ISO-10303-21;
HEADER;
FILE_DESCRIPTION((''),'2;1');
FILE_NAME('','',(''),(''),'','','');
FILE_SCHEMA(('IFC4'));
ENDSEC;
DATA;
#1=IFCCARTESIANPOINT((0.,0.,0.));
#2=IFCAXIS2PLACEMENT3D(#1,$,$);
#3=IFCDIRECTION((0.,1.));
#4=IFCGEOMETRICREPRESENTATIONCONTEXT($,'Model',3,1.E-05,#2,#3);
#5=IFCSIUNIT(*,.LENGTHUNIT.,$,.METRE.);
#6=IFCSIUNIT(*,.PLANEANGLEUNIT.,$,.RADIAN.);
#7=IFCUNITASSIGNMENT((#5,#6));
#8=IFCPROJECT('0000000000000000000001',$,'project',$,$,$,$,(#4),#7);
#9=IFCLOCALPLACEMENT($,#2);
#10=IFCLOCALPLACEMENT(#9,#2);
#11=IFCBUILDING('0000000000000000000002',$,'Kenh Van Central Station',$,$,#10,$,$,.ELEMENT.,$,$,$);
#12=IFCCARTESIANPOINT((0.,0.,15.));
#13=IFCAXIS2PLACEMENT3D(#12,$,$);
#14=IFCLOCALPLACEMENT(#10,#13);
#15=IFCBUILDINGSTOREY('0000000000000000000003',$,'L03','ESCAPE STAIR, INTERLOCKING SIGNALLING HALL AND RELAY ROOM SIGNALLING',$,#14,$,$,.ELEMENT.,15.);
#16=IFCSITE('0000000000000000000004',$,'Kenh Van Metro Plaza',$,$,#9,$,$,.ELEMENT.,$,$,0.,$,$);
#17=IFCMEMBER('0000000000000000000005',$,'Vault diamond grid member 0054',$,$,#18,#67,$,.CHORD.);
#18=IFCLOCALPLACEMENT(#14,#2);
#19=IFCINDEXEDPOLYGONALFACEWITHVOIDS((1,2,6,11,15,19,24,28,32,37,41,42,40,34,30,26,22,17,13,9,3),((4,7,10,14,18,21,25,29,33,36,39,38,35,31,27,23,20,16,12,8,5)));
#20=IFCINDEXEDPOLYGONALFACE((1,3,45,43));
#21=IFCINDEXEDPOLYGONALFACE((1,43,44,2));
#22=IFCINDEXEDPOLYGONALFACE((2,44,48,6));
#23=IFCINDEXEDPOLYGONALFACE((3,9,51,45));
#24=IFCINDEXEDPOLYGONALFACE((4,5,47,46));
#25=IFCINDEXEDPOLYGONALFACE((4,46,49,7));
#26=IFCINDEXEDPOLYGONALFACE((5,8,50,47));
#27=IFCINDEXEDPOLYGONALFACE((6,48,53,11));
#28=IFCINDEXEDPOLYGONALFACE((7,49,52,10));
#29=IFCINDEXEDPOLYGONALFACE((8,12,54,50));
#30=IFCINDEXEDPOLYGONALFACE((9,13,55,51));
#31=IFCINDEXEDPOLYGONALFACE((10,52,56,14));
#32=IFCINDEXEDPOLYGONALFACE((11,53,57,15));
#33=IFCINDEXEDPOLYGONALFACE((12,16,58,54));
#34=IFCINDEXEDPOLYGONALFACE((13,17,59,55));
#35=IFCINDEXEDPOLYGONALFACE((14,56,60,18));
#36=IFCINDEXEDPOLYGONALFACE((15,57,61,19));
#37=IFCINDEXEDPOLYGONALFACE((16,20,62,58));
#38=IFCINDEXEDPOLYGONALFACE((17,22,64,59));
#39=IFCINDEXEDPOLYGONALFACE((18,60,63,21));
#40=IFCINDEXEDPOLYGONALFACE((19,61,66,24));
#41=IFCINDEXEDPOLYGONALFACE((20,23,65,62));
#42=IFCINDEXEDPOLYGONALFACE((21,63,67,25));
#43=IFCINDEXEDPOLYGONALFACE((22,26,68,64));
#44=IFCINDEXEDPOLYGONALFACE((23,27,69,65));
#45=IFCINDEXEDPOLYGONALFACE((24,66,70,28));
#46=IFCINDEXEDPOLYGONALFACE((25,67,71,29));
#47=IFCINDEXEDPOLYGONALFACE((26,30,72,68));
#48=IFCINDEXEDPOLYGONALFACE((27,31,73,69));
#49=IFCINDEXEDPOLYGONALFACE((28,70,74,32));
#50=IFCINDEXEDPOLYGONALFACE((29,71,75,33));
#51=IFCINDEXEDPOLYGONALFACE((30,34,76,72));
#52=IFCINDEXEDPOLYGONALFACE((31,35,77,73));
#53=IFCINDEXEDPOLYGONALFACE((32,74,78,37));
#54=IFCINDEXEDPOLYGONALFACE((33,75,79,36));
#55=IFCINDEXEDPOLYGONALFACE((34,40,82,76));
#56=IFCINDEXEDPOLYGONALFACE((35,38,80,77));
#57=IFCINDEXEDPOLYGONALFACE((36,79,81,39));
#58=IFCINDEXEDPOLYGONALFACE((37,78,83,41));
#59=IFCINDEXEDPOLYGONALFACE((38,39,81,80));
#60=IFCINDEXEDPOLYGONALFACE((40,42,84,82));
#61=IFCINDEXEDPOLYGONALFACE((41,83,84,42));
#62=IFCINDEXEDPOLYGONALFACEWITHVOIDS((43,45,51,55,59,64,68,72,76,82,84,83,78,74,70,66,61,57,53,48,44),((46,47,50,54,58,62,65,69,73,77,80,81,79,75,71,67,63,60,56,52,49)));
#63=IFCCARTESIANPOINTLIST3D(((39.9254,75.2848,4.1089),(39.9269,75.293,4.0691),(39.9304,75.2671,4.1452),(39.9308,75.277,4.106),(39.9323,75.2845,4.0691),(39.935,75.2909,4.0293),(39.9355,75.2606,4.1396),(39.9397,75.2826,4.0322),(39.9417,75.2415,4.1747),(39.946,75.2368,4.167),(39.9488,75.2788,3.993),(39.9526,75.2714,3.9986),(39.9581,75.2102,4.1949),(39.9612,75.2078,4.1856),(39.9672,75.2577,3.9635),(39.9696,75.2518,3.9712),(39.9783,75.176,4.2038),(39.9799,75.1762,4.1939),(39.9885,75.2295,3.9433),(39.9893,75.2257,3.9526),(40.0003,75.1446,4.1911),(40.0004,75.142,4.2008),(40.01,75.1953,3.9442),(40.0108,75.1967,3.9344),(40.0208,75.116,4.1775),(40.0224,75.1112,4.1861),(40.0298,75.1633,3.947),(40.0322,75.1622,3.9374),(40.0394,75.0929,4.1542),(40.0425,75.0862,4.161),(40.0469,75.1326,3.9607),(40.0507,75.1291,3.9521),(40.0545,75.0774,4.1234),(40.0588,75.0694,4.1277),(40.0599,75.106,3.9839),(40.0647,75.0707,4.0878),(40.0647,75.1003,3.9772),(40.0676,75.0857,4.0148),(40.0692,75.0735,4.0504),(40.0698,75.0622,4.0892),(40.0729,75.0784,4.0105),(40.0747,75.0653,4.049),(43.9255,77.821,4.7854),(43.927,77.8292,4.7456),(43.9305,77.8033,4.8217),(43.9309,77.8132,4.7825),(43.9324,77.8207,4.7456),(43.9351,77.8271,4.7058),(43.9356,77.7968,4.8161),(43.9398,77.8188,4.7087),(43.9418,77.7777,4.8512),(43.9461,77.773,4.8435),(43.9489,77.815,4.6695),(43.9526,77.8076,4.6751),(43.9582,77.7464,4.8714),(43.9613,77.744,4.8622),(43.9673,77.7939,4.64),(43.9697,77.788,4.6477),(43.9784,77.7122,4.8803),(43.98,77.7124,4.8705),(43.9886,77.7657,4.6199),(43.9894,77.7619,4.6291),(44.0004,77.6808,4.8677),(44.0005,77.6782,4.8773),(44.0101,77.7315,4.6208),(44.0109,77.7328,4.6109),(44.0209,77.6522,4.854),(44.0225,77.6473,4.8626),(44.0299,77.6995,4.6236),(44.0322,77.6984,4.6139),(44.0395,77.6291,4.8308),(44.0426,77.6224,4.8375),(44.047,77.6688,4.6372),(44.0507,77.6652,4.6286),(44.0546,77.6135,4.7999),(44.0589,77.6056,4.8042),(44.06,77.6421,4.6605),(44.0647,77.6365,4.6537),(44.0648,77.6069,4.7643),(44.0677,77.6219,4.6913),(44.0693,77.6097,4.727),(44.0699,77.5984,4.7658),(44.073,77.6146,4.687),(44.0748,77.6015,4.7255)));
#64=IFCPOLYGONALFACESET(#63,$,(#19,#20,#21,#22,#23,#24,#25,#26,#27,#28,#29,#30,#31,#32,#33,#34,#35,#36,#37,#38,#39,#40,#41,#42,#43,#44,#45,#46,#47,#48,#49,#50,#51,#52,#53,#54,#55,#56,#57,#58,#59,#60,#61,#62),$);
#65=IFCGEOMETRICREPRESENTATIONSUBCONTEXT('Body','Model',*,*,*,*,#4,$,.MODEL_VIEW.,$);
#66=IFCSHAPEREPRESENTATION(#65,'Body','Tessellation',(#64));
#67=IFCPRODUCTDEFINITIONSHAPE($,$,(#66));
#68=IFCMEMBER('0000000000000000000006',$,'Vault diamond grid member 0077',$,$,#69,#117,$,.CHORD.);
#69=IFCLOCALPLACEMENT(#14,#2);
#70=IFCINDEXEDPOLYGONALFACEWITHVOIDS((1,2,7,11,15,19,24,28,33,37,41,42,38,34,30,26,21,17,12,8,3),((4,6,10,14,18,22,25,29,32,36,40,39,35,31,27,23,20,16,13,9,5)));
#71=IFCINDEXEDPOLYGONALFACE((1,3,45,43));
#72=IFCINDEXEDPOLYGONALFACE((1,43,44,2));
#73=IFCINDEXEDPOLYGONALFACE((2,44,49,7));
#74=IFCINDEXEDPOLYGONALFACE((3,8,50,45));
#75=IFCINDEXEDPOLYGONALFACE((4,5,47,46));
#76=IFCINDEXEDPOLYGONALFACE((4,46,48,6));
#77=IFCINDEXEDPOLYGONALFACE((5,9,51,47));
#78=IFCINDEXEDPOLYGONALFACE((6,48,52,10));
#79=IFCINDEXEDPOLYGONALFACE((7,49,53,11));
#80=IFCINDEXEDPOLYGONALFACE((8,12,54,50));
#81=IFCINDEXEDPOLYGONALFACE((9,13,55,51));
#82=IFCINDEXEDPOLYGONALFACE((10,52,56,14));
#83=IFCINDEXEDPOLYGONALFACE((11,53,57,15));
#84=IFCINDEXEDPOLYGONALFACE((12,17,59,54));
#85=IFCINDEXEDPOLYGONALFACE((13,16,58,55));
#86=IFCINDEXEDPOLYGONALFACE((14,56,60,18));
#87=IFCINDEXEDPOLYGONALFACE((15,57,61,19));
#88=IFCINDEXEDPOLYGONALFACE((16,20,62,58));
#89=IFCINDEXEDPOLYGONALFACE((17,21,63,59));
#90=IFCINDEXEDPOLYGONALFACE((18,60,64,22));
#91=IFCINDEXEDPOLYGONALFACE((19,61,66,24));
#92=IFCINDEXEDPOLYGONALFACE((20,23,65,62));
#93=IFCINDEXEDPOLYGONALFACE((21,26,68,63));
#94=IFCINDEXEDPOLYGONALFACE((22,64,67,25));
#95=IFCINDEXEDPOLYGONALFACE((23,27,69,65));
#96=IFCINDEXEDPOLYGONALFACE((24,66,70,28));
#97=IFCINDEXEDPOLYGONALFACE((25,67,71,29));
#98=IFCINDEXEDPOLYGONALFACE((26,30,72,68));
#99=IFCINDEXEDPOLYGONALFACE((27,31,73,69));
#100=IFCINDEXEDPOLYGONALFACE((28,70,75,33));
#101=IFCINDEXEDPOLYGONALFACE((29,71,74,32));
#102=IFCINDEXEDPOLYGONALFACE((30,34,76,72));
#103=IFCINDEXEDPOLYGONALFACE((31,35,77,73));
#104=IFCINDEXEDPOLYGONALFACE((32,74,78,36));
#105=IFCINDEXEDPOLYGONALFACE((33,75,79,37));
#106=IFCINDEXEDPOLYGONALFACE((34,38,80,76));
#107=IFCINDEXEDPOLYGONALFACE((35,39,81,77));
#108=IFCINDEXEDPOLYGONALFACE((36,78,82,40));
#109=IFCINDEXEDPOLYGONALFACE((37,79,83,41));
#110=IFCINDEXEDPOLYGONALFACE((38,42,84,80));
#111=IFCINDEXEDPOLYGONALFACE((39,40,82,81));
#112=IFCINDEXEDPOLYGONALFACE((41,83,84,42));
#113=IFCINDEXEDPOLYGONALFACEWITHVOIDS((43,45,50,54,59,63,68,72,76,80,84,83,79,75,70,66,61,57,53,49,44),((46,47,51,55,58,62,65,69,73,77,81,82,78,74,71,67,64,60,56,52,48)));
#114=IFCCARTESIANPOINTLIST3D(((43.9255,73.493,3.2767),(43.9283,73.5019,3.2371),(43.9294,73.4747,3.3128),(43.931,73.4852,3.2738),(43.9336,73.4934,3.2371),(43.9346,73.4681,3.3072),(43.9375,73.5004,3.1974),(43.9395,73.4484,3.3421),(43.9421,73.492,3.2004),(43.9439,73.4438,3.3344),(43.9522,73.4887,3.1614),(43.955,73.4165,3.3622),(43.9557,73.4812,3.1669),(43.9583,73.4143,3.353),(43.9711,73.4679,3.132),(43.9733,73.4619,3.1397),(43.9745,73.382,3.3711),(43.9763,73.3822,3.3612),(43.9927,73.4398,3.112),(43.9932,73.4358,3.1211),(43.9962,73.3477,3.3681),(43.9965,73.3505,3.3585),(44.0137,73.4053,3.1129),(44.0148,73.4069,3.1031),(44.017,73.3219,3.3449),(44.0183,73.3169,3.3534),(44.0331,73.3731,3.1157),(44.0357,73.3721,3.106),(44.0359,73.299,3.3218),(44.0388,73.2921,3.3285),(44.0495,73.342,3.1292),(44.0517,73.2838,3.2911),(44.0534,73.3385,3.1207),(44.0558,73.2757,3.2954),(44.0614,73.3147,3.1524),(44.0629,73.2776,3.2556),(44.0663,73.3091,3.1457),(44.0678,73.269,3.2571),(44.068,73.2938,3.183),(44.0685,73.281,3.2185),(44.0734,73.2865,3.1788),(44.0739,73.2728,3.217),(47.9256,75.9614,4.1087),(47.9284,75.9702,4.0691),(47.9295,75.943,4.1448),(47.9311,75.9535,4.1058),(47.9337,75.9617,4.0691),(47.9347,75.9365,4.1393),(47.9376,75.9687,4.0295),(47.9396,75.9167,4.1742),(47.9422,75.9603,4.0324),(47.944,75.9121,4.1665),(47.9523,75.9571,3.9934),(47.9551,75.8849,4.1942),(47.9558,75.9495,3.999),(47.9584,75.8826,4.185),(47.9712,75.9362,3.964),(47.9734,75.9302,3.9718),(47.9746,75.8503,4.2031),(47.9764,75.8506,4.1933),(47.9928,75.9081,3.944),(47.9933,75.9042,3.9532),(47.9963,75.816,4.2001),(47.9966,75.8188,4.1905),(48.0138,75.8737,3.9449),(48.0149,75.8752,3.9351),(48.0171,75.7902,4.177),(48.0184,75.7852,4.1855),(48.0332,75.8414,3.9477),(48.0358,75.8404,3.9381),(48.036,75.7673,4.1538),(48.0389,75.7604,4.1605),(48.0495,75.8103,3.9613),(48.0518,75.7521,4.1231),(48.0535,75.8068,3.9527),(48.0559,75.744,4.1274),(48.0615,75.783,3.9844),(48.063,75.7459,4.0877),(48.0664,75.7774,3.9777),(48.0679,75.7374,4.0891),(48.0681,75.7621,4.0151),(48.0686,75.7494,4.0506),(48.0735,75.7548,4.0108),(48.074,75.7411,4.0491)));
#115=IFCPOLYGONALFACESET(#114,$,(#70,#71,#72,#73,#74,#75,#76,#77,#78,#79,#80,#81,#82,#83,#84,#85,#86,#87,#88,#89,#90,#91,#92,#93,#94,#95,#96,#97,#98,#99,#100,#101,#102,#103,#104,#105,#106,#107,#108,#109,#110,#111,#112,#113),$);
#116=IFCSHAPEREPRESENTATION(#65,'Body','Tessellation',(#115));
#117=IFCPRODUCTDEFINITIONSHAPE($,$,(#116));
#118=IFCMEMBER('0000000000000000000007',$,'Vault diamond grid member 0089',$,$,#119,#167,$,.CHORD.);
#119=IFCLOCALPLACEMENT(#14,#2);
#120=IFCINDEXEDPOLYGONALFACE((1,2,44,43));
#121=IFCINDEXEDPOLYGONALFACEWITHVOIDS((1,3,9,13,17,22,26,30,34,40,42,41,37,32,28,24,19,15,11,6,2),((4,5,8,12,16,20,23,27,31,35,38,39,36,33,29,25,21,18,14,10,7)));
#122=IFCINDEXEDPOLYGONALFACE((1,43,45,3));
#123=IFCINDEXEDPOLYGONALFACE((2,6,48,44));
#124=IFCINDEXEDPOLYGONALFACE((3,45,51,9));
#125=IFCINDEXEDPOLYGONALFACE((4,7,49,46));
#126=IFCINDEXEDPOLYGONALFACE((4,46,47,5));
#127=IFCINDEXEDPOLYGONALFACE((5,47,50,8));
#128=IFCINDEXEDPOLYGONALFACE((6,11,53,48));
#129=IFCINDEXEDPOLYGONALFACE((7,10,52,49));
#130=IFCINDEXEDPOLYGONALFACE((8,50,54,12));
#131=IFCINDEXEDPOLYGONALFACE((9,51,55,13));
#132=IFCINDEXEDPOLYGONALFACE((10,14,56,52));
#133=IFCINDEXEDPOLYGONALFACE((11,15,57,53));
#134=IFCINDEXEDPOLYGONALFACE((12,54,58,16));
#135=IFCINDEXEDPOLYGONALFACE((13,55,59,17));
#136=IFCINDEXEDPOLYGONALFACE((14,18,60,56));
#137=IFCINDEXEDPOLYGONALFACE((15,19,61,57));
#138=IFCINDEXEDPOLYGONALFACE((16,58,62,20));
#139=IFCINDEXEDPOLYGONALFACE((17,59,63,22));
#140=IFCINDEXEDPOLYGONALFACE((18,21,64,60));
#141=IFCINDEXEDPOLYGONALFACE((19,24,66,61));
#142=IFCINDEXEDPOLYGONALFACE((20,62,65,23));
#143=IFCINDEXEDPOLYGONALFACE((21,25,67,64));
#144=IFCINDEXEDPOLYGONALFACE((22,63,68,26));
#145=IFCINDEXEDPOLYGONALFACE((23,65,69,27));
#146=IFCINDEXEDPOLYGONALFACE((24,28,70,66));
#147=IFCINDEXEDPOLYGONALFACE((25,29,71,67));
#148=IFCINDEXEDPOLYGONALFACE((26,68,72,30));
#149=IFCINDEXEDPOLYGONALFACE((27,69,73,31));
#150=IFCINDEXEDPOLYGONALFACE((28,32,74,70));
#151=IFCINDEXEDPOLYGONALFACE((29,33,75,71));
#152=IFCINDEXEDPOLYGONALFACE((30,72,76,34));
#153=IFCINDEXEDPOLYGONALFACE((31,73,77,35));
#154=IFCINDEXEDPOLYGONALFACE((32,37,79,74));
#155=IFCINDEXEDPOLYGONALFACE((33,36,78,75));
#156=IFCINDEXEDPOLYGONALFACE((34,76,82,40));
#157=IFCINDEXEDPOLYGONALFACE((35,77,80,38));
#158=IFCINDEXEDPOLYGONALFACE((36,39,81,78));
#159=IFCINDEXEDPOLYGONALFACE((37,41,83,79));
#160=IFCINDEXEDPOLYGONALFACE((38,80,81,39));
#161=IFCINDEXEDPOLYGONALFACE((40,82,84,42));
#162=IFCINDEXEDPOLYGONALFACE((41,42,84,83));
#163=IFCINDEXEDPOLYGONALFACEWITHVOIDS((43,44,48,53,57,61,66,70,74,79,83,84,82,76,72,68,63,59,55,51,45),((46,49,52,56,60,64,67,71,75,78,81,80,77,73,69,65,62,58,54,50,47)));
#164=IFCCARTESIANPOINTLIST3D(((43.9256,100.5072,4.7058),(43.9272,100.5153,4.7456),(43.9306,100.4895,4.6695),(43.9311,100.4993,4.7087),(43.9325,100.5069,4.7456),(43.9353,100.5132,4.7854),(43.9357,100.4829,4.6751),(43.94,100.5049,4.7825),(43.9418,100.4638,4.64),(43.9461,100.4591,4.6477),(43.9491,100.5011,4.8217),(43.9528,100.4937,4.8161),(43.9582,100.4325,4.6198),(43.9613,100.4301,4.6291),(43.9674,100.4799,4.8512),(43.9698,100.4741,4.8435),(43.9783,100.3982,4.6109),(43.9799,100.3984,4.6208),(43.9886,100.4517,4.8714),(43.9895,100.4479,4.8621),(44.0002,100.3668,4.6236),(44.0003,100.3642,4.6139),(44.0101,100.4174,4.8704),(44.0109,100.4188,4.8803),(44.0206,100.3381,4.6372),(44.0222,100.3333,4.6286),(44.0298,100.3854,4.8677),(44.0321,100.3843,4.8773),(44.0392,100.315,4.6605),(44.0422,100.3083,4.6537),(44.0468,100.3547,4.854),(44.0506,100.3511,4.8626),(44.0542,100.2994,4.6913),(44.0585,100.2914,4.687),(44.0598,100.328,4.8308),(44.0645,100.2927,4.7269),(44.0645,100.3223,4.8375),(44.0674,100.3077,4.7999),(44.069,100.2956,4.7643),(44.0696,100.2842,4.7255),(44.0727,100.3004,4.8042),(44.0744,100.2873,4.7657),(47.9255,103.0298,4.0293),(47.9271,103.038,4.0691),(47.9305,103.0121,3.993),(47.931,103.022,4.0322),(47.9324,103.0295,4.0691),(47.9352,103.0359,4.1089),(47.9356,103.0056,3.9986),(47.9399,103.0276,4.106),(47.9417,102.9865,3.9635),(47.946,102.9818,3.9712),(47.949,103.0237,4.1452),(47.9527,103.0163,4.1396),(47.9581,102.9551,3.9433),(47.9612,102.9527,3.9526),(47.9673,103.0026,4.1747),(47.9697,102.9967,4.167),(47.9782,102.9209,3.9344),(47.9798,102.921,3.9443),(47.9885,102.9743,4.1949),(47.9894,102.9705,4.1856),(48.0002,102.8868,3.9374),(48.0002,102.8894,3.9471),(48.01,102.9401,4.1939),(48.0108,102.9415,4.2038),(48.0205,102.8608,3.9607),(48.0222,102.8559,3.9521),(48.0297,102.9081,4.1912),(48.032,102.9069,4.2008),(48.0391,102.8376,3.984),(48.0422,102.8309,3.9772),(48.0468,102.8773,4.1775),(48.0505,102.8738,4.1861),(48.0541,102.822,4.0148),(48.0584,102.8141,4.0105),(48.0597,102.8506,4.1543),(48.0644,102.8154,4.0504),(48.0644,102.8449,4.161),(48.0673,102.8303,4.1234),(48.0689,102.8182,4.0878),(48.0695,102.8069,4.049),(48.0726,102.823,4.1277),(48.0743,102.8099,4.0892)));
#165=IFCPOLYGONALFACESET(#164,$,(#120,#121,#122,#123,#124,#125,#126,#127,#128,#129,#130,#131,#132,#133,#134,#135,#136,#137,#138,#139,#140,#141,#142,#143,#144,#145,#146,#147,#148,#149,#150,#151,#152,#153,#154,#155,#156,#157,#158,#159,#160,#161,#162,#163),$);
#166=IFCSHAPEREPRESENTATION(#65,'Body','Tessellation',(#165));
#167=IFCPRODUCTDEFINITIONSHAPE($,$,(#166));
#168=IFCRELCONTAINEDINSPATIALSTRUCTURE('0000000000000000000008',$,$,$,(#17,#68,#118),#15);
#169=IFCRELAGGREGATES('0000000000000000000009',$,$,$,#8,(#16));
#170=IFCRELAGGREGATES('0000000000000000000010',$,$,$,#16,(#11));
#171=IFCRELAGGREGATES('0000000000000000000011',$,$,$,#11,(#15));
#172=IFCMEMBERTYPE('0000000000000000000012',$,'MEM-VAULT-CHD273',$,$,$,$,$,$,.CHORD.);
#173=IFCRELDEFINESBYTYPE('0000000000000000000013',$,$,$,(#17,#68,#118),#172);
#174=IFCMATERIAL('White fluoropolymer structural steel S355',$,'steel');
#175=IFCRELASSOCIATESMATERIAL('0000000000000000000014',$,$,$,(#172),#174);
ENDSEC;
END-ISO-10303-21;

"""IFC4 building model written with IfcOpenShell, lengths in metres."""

from ifc_helpers import new_model, si_unit, direction, frame, origin, origin_2d, place, context, subcontext, project, spatial, hollow_circle, extrude, material, material_profile, profile_set, type_object, element, save


model = new_model("IFC4")

# Units and contexts
model_context = context("Model", 3, precision=1e-05, world=origin(), true_north=direction((0.0, 1.0)))
body_context = subcontext(model_context, "Body", "Model", "MODEL_VIEW")
ifc_project = project(units=[si_unit("LENGTHUNIT", "METRE"), si_unit("PLANEANGLEUNIT", "RADIAN")], contexts=[model_context])

# Site, building, storey
site_placement = place(None, origin())
site = spatial("IfcSite", under=ifc_project, at=site_placement, Name="Kenh Van Metro Plaza", CompositionType="ELEMENT", RefElevation=0.0)
building_placement = place(site_placement, origin())
building = spatial("IfcBuilding", under=site, at=building_placement, Name="Kenh Van Central Station", CompositionType="ELEMENT")
storey_placement = place(building_placement, frame((0.0, 0.0, 15.0)))
storey = spatial("IfcBuildingStorey", under=building, at=storey_placement, Name="L03", Description="ESCAPE STAIR, INTERLOCKING SIGNALLING HALL AND RELAY ROOM SIGNALLING", CompositionType="ELEMENT", Elevation=15.0)

# Shared definitions
ifc_material_1 = material(Name="White fluoropolymer structural steel S355", Category="steel")

# Members
ifc_material_profile_1 = material_profile(ifc_material_1, hollow_circle(Radius=0.1365, WallThickness=0.01, at=origin_2d()), Name="CHS 273x10")
ifc_profile_set_1 = profile_set([ifc_material_profile_1], Name="White fluoropolymer structural steel S355")
member_type_1 = type_object("IfcMemberType", Name="MEM-VAULT-CHD273", PredefinedType="CHORD", material=ifc_profile_set_1)
member_1_placement = place(storey_placement, frame((40.0, 75.1777, 4.0691), z_axis=(0.836066, 0.530094, 0.141403), x_axis=(-0.535474, 0.844552, 0.0)))
element("IfcMember", 1, at=member_1_placement, inside=storey, type_object=member_type_1, Name="Vault diamond grid member 0054", PredefinedType="CHORD", context=body_context, shape_type="SweptSolid", body=[
    extrude(hollow_circle(Radius=0.1365, WallThickness=0.01, at=origin_2d()), origin(), (0.0, 0.0, 1.0), 4.7844),
])
member_2_placement = place(storey_placement, frame((44.0, 73.3857, 3.2371), z_axis=(0.837991, 0.517095, 0.174309), x_axis=(-0.525135, 0.851019, 0.0)))
element("IfcMember", 2, at=member_2_placement, inside=storey, type_object=member_type_1, Name="Vault diamond grid member 0077", PredefinedType="CHORD", context=body_context, shape_type="SweptSolid", body=[
    extrude(hollow_circle(Radius=0.1365, WallThickness=0.01, at=origin_2d()), origin(), (0.0, 0.0, 1.0), 4.7734),
])
member_3_placement = place(storey_placement, frame((44.0, 100.3999, 4.7456), z_axis=(0.837309, 0.528071, -0.141613), x_axis=(-0.533447, 0.845833, 0.0)))
element("IfcMember", 3, at=member_3_placement, inside=storey, type_object=member_type_1, Name="Vault diamond grid member 0089", PredefinedType="CHORD", context=body_context, shape_type="SweptSolid", body=[
    extrude(hollow_circle(Radius=0.1365, WallThickness=0.01, at=origin_2d()), origin(), (0.0, 0.0, 1.0), 4.7771),
])

save(model, "model.ifc")
